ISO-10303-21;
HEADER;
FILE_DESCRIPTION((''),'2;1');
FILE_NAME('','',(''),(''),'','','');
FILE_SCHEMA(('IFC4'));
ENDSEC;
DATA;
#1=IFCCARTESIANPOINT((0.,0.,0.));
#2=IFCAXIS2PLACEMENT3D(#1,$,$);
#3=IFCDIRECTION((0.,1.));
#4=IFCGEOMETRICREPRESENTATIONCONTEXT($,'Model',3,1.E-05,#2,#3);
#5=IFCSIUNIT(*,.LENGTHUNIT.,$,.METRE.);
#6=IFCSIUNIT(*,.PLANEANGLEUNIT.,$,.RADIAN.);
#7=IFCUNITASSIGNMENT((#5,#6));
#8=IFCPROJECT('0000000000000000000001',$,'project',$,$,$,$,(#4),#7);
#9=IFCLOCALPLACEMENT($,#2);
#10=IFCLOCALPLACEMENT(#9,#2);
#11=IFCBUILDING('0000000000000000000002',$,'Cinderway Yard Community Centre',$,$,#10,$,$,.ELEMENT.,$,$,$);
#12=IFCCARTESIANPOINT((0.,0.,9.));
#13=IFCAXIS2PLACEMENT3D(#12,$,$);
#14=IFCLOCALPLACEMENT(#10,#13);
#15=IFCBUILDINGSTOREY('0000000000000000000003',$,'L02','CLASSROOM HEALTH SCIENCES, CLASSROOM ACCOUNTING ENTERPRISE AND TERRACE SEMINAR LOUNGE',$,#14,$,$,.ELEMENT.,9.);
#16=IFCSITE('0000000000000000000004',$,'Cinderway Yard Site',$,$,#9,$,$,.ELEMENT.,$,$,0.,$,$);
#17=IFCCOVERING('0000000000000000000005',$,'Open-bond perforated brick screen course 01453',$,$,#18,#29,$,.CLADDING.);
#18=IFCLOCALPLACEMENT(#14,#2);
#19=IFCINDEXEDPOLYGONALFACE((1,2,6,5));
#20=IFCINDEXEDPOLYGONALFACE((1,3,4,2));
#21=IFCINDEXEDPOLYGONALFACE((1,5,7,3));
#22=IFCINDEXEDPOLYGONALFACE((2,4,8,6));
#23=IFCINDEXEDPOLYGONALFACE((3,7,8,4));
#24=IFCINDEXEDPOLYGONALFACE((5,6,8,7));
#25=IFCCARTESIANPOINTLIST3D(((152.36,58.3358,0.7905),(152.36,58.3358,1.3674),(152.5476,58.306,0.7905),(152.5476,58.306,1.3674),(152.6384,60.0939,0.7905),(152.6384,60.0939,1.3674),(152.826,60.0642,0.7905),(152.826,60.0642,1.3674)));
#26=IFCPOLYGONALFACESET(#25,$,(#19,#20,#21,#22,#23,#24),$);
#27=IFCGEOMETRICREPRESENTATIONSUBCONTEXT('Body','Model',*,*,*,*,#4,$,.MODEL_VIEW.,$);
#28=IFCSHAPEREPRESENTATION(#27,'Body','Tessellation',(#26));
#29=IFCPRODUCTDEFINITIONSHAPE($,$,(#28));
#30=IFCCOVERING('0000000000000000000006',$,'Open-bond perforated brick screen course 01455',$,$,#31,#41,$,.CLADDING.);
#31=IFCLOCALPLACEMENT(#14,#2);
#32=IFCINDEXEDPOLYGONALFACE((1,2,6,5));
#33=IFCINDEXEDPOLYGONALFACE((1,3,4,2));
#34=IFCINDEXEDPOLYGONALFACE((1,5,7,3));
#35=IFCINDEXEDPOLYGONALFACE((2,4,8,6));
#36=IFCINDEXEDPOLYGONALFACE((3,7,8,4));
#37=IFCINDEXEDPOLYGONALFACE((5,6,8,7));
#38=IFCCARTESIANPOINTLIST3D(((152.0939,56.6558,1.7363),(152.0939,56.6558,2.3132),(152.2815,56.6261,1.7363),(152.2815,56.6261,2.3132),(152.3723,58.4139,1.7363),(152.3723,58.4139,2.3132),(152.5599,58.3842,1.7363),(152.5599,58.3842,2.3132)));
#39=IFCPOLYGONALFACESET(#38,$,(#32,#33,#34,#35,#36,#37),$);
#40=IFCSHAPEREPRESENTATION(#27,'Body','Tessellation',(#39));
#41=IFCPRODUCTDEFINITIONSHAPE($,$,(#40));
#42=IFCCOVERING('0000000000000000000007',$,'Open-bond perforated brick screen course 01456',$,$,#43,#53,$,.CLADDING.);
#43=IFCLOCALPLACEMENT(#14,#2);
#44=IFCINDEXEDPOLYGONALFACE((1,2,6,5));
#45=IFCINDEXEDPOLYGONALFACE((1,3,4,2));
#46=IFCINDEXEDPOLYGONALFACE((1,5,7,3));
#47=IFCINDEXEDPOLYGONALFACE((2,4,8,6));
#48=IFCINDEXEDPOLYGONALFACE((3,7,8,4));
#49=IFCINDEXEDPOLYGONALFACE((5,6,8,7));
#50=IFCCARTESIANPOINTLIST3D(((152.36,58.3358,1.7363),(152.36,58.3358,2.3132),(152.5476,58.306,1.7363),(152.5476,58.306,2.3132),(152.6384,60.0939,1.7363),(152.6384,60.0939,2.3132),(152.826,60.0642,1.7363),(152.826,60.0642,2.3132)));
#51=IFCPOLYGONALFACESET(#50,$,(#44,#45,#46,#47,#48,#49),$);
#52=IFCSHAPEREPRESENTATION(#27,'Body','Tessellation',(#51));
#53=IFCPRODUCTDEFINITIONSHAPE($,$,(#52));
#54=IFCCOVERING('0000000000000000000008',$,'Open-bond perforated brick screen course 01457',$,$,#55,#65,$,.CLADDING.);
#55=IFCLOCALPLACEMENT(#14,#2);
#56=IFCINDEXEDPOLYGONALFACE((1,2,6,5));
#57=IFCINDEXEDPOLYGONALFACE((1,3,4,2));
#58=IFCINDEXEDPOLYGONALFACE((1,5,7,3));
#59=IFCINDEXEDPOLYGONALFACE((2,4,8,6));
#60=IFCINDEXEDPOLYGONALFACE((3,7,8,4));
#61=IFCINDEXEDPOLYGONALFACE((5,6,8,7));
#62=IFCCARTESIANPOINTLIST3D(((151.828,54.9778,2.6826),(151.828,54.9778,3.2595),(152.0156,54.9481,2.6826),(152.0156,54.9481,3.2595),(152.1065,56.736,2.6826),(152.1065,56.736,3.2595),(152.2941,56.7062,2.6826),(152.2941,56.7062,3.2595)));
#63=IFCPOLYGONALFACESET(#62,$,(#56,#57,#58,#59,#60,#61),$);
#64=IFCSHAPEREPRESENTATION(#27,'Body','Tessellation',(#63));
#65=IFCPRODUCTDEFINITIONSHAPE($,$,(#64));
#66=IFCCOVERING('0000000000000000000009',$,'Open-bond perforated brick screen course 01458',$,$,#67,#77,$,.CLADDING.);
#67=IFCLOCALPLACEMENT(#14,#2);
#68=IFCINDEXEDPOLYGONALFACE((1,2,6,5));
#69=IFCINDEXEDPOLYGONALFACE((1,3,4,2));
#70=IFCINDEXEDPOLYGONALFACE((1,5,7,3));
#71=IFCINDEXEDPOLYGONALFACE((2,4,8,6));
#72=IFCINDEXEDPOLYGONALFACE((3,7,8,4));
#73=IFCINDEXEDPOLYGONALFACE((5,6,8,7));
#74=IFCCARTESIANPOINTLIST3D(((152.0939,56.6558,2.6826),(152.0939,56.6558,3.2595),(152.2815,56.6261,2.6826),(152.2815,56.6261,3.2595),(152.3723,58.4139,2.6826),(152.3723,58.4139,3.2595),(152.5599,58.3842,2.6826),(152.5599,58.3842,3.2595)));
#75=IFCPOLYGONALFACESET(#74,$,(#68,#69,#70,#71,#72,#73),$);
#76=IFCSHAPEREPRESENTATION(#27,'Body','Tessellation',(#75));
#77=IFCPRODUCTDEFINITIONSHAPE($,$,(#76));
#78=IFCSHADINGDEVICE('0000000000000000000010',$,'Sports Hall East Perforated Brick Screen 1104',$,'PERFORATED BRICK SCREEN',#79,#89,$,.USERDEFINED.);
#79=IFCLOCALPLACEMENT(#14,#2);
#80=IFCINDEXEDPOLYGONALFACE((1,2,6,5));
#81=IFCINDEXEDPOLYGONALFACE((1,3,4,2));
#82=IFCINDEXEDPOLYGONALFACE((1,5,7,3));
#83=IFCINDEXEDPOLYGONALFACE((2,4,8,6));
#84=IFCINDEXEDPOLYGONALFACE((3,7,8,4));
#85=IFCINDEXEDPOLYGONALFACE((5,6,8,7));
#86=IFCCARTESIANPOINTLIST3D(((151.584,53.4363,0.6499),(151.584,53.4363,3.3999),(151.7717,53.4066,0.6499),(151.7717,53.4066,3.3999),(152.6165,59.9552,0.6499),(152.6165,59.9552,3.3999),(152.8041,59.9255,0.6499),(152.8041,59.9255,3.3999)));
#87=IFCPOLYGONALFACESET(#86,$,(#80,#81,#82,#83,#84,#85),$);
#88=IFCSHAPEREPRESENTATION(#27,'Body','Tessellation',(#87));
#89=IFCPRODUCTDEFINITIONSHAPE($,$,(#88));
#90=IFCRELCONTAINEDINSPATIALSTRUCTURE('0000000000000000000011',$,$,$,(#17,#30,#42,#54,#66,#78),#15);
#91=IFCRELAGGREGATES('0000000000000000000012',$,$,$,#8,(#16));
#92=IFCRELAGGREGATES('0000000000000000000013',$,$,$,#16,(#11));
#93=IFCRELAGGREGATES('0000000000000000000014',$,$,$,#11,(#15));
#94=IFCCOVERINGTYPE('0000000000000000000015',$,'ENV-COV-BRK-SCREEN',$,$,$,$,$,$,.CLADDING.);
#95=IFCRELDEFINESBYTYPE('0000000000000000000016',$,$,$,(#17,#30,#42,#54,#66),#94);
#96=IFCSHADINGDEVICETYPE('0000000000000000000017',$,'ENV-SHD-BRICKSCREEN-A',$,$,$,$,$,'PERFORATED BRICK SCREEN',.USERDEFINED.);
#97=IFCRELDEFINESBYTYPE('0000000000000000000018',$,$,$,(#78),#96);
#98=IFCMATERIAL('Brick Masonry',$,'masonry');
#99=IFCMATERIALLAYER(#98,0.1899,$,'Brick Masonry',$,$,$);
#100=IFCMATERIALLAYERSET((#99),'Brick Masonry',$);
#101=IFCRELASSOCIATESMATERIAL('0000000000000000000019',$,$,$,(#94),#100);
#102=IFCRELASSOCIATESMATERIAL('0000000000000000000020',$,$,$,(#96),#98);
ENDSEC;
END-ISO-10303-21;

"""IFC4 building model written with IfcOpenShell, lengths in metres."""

from ifc_helpers import new_model, si_unit, direction, frame, origin, origin_2d, place, context, subcontext, project, spatial, rectangle, extrude, material, layer, layer_set, type_object, element, save


model = new_model("IFC4")

# Units and contexts
model_context = context("Model", 3, precision=1e-05, world=origin(), true_north=direction((0.0, 1.0)))
body_context = subcontext(model_context, "Body", "Model", "MODEL_VIEW")
ifc_project = project(units=[si_unit("LENGTHUNIT", "METRE"), si_unit("PLANEANGLEUNIT", "RADIAN")], contexts=[model_context])

# Site, building, storey
site_placement = place(None, origin())
site = spatial("IfcSite", under=ifc_project, at=site_placement, Name="Cinderway Yard Site", CompositionType="ELEMENT", RefElevation=0.0)
building_placement = place(site_placement, origin())
building = spatial("IfcBuilding", under=site, at=building_placement, Name="Cinderway Yard Community Centre", CompositionType="ELEMENT")
storey_placement = place(building_placement, frame((0.0, 0.0, 9.0)))
storey = spatial("IfcBuildingStorey", under=building, at=storey_placement, Name="L02", Description="CLASSROOM HEALTH SCIENCES, CLASSROOM ACCOUNTING ENTERPRISE AND TERRACE SEMINAR LOUNGE", CompositionType="ELEMENT", Elevation=9.0)

# Coverings
ifc_material_1 = material(Name="Brick Masonry", Category="masonry")
ifc_layer_1 = layer(ifc_material_1, 0.1899, Name="Brick Masonry")
ifc_layer_set_1 = layer_set([ifc_layer_1], Name="Brick Masonry")
covering_type = type_object("IfcCoveringType", Name="ENV-COV-BRK-SCREEN", PredefinedType="CLADDING", material=ifc_layer_set_1)
for number, where, z_axis, x_axis, name in (
    (1, (152.593, 59.2, 0.7905), (0.0, 0.0, 1.0), (-0.156434, -0.987688, 0.0), "Open-bond perforated brick screen course 01453"),
    (2, (152.3269, 57.52, 1.7363), (0.0, 0.0, 1.0), (-0.156434, -0.987688, 0.0), "Open-bond perforated brick screen course 01455"),
    (3, (152.593, 59.2, 1.7363), (0.0, 0.0, 1.0), (-0.156434, -0.987688, 0.0), "Open-bond perforated brick screen course 01456"),
    (4, (152.061, 55.842, 2.6826), (0.0, 0.0, 1.0), (-0.156434, -0.987688, 0.0), "Open-bond perforated brick screen course 01457"),
    (5, (152.3269, 57.52, 2.6826), (0.0, 0.0, 1.0), (-0.156434, -0.987688, 0.0), "Open-bond perforated brick screen course 01458"),
):
    element("IfcCovering", number, at=place(storey_placement, frame(where, z_axis=z_axis, x_axis=x_axis)), inside=storey, type_object=covering_type, Name=name, PredefinedType="CLADDING", context=body_context, shape_type="SweptSolid", body=[
        extrude(rectangle(XDim=1.78, YDim=0.1899, at=origin_2d()), origin(), (0.0, 0.0, 1.0), 0.5769),
    ])

# Shading device
shading_device_type = type_object("IfcShadingDeviceType", Name="ENV-SHD-BRICKSCREEN-A", ElementType="PERFORATED BRICK SCREEN", PredefinedType="USERDEFINED", material=ifc_material_1)
shading_device_placement = place(storey_placement, frame((152.1941, 56.6809, 0.6499), z_axis=(0.0, 0.0, 1.0), x_axis=(-0.156434, -0.987688, 0.0)))
element("IfcShadingDevice", 6, at=shading_device_placement, inside=storey, type_object=shading_device_type, Name="Sports Hall East Perforated Brick Screen 1104", ObjectType="PERFORATED BRICK SCREEN", PredefinedType="USERDEFINED", context=body_context, shape_type="SweptSolid", body=[
    extrude(rectangle(XDim=6.6001, YDim=0.1899, at=origin_2d()), origin(), (0.0, 0.0, 1.0), 2.75),
])

save(model, "model.ifc")
